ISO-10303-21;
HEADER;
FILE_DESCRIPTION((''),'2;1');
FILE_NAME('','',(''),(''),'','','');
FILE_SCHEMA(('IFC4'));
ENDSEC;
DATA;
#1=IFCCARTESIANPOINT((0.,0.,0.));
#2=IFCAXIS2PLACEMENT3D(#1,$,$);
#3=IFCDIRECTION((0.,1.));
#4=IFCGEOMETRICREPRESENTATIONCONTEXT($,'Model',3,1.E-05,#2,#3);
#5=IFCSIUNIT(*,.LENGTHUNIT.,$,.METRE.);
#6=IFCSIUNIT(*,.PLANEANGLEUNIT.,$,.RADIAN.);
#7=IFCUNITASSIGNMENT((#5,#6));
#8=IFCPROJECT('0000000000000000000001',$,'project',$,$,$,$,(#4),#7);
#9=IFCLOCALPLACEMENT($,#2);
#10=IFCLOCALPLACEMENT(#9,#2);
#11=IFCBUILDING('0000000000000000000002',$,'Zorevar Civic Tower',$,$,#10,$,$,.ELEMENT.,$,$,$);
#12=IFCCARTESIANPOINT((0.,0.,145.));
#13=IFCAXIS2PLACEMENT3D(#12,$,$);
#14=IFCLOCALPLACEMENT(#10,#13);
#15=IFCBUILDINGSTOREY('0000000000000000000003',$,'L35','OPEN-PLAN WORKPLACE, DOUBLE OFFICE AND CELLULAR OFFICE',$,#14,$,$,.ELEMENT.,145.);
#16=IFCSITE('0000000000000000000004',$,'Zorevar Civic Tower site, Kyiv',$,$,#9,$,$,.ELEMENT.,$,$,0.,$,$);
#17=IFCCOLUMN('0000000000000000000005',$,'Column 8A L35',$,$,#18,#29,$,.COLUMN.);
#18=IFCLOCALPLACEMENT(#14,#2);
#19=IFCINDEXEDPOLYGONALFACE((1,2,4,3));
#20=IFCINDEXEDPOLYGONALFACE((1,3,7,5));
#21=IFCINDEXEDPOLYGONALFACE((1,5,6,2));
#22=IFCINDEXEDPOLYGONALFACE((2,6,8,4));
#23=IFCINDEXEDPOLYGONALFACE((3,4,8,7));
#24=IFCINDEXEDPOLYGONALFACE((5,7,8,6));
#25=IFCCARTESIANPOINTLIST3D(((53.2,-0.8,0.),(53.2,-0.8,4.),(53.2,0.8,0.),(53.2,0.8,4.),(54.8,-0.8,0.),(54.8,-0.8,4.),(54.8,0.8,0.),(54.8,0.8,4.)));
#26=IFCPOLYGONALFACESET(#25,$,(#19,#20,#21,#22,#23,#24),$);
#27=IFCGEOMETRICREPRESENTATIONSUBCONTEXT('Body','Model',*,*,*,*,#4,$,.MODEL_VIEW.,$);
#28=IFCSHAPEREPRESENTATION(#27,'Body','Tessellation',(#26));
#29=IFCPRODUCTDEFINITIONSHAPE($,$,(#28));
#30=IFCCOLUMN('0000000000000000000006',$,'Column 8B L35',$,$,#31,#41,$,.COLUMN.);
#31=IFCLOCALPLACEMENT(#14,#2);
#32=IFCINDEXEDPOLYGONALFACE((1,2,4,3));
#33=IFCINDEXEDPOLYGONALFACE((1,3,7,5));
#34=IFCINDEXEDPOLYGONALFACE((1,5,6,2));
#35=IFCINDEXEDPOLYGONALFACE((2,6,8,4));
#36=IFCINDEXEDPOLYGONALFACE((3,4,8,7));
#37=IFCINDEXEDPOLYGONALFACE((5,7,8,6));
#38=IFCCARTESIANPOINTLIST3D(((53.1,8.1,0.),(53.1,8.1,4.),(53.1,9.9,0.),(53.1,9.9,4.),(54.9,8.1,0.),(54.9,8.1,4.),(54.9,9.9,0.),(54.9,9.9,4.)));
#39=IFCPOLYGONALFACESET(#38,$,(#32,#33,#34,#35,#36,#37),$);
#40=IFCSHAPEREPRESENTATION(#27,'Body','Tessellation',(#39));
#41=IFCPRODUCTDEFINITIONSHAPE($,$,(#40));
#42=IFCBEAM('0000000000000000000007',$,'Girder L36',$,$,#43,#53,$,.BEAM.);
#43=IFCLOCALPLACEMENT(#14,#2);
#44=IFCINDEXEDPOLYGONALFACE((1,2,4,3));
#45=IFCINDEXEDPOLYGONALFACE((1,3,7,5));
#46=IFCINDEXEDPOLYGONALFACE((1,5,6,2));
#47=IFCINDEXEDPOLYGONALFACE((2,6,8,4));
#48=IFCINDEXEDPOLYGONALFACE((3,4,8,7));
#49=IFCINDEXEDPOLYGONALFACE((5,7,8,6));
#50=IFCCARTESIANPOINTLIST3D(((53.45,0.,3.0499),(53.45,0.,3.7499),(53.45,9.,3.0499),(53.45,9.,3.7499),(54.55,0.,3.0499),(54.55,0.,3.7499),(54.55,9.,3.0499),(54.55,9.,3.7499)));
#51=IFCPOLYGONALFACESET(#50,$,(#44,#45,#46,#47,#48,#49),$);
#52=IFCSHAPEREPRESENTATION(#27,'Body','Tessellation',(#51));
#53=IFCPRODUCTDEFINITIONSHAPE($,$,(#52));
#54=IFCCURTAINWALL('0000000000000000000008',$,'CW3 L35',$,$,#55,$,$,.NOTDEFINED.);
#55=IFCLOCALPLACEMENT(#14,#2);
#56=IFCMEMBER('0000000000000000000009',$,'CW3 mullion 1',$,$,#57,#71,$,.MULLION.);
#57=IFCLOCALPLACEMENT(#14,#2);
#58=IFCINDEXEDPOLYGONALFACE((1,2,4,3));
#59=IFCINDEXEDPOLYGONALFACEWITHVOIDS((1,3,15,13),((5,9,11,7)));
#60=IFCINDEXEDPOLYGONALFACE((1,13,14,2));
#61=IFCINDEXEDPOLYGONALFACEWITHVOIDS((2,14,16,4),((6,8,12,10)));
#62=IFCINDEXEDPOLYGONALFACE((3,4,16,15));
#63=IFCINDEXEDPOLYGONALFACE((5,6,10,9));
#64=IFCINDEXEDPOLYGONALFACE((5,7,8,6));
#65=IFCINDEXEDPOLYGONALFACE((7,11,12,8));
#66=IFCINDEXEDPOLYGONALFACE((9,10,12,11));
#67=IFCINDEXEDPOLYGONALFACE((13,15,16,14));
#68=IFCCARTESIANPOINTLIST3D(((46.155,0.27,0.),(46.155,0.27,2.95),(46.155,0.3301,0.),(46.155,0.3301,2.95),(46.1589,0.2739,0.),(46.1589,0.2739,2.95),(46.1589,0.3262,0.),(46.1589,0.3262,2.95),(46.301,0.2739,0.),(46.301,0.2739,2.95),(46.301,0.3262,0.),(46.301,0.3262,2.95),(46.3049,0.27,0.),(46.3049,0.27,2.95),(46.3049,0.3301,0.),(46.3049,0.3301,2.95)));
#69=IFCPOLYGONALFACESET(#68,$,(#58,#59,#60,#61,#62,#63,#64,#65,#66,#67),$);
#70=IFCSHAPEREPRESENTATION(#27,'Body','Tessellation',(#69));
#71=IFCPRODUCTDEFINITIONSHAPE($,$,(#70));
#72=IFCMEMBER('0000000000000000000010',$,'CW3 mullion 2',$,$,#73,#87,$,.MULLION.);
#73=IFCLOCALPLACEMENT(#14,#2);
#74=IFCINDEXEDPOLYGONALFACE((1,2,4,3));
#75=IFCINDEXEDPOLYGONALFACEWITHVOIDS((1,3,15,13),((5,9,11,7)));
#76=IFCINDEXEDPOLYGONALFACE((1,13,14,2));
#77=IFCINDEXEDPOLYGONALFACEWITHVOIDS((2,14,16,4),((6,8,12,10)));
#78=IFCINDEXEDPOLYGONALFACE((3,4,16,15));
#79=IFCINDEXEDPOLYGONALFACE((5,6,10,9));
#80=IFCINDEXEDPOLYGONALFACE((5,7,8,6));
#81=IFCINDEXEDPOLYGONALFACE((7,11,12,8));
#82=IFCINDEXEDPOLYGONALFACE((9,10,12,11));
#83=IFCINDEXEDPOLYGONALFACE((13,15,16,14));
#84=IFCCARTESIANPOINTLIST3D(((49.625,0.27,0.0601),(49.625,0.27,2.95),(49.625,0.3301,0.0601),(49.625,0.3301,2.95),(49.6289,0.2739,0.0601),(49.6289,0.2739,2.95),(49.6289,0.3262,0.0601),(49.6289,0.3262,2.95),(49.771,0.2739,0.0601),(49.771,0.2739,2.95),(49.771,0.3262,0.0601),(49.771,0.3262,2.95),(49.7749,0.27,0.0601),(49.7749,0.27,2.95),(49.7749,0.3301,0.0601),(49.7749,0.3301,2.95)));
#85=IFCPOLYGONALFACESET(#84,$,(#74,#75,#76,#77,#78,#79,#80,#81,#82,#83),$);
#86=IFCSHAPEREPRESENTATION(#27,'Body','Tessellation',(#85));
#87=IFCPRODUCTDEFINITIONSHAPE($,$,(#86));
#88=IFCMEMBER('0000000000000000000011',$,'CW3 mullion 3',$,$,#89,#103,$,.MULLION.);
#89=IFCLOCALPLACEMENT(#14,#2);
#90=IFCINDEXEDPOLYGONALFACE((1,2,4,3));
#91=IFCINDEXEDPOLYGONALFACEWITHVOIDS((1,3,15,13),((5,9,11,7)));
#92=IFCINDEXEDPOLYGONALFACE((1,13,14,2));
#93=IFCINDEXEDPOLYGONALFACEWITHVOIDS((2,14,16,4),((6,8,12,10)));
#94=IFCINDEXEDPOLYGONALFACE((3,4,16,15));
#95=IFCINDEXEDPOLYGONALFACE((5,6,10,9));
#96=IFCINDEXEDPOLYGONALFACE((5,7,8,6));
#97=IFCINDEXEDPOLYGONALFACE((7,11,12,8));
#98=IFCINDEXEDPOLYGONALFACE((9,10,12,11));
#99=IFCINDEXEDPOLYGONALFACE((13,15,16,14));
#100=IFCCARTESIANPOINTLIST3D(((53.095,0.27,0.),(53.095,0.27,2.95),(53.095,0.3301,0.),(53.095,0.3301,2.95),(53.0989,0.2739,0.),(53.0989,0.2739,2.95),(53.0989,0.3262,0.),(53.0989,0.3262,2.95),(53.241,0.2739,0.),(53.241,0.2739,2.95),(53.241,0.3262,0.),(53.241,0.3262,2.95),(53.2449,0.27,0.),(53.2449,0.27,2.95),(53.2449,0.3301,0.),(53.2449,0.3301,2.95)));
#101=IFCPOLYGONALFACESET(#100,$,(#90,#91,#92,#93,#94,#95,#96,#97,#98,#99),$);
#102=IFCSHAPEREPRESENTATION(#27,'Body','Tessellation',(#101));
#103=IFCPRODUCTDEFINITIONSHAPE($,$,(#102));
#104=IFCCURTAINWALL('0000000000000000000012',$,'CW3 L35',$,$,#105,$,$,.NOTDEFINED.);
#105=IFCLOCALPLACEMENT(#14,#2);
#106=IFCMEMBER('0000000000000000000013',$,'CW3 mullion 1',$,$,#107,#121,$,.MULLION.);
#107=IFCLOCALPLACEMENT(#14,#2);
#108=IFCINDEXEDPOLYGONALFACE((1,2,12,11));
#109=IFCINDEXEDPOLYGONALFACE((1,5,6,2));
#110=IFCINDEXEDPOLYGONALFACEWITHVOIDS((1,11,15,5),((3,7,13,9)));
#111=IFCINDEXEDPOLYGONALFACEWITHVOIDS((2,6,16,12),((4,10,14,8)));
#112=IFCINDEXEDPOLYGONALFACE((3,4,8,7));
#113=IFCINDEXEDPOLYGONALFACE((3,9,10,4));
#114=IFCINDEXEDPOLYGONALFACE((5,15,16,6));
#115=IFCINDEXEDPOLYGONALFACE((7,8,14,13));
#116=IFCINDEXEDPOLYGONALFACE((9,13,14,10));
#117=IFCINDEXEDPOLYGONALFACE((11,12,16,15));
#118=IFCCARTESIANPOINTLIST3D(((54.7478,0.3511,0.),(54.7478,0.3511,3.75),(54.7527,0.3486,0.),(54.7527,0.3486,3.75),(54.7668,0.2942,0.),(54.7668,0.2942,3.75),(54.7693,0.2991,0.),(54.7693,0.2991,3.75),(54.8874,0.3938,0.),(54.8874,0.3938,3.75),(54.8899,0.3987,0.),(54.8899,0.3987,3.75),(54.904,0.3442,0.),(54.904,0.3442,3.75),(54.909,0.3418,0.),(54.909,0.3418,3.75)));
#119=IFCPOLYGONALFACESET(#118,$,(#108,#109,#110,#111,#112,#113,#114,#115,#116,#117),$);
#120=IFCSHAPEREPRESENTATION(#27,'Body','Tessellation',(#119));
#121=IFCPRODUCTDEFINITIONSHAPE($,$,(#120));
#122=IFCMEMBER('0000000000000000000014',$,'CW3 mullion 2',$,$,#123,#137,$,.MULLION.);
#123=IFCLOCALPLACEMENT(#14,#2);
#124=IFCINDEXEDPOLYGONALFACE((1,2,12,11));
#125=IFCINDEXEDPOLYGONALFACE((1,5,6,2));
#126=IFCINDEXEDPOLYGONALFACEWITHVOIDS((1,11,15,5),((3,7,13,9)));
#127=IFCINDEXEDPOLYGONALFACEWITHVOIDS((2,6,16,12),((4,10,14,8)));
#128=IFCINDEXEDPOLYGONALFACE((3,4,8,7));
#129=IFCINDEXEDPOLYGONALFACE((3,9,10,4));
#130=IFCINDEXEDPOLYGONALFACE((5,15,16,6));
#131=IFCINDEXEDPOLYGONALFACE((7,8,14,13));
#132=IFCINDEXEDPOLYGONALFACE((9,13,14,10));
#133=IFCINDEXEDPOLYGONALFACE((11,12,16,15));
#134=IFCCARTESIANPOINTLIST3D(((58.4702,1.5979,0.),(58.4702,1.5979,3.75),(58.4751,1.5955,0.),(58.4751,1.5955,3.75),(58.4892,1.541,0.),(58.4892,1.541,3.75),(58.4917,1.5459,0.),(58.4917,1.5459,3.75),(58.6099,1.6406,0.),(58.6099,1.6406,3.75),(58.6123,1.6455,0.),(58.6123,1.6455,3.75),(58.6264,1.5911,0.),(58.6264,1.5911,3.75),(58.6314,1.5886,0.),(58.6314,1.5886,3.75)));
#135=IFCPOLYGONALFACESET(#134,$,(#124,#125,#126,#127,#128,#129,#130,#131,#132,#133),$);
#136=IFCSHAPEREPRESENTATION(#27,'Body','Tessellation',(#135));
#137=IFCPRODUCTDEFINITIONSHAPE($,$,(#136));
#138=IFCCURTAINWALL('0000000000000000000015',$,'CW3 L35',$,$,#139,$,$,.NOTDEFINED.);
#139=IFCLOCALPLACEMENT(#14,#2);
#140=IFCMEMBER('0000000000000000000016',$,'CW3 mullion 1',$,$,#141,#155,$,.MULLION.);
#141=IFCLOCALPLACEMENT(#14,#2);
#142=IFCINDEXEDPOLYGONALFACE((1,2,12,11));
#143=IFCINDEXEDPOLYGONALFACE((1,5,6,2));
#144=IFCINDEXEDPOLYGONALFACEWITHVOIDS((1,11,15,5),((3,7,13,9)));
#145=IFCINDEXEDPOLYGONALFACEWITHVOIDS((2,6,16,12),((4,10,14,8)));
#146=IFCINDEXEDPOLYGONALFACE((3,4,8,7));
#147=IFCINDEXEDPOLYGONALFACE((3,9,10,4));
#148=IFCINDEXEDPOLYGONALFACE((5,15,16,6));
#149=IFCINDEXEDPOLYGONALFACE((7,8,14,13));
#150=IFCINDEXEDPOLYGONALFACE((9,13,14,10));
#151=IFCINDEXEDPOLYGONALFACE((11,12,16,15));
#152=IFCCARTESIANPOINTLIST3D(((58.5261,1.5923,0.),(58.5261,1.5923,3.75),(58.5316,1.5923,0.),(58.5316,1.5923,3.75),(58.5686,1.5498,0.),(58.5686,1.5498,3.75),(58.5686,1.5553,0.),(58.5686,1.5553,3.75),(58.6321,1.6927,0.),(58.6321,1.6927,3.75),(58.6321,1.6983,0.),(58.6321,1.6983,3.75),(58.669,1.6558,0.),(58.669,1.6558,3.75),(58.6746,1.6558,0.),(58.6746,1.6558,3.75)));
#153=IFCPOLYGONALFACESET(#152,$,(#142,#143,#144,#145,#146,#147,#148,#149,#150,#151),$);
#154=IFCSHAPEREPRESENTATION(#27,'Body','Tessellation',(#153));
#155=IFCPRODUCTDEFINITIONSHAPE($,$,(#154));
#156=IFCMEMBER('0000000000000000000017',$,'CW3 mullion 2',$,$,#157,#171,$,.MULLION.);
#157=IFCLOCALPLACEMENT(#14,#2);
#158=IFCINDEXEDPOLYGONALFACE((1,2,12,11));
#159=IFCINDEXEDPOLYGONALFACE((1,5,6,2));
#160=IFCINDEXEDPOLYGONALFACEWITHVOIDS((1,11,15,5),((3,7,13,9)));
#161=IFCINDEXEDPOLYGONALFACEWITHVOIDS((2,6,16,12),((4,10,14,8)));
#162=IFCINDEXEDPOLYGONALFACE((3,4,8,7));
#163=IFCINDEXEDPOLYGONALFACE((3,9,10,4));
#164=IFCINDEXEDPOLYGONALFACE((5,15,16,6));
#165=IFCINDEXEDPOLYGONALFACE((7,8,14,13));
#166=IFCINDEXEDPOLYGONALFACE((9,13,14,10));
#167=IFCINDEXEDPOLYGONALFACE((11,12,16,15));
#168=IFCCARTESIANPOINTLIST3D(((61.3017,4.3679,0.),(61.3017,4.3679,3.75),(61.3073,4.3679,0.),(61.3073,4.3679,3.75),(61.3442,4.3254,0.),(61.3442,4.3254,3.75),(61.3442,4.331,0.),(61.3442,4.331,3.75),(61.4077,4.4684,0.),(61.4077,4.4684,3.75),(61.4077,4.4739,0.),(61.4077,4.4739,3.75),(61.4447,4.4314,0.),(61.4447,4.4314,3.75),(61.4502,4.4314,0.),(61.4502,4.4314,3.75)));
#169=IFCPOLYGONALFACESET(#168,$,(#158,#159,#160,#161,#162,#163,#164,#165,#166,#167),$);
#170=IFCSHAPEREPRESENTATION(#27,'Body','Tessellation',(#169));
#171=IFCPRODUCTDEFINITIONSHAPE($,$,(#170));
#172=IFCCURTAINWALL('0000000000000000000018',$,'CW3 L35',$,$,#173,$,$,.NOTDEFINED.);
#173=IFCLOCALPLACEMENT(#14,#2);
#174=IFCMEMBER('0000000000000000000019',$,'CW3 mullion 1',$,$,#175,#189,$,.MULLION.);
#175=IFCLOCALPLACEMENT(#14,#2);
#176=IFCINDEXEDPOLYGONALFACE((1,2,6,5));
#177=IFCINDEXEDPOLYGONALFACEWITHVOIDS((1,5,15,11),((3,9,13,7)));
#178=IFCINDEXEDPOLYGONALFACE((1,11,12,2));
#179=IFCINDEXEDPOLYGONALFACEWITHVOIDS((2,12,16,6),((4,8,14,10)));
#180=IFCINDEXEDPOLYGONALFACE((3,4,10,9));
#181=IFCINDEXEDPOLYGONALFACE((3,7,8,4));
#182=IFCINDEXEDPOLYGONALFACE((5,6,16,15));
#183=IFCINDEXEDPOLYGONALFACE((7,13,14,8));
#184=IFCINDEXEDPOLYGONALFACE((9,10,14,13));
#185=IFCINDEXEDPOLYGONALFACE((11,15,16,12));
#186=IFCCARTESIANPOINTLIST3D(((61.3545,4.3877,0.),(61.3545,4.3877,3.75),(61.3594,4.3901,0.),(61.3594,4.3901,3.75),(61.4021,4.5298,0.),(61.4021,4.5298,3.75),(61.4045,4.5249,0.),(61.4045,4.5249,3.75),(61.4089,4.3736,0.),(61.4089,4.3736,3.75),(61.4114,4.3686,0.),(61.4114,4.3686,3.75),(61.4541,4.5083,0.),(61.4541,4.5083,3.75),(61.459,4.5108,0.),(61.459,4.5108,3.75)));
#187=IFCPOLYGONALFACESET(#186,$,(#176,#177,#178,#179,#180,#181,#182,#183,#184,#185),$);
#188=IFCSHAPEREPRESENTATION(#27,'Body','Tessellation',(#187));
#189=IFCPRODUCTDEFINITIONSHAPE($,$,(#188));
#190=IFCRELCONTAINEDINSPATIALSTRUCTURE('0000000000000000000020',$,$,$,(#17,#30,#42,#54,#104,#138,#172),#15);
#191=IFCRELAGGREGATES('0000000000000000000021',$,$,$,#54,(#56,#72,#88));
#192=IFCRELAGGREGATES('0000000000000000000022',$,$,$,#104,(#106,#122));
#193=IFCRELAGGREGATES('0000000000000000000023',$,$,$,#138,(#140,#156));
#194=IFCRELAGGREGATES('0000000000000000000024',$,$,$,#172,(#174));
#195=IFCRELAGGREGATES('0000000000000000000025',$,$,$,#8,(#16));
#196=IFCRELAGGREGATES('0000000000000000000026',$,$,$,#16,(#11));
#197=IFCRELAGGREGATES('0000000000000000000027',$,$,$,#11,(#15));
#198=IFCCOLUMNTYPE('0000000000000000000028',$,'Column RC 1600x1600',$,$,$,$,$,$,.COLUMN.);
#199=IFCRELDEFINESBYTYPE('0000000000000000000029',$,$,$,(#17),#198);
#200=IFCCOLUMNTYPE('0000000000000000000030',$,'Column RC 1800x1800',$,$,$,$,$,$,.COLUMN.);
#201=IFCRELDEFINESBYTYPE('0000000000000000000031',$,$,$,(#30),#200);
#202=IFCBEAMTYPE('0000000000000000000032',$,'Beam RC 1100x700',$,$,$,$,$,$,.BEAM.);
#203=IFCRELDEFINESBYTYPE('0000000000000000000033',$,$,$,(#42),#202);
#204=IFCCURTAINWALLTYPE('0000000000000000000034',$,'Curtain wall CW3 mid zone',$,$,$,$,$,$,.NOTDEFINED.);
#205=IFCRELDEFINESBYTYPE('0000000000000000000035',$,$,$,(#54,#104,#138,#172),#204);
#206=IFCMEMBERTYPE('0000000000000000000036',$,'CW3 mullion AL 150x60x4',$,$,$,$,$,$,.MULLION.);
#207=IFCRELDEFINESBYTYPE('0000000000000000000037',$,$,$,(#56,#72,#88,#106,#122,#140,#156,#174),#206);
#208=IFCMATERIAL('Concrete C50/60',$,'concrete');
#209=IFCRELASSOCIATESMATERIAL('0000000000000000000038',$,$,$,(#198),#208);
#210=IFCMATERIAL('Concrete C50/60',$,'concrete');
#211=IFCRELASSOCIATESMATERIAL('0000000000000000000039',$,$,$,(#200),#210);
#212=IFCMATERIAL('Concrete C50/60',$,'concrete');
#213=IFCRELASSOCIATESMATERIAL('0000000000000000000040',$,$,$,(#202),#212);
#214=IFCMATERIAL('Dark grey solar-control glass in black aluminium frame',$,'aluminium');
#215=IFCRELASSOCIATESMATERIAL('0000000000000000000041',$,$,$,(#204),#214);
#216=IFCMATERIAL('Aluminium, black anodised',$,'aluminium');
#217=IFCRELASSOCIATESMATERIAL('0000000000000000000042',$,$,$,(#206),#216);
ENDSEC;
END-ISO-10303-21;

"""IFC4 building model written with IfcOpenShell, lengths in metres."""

from ifc_helpers import new_model, si_unit, direction, frame, origin, origin_2d, place, context, subcontext, project, spatial, rectangle, hollow_rectangle, extrude, material, material_profile, profile_set, type_object, element, aggregate, save


model = new_model("IFC4")

# Units and contexts
model_context = context("Model", 3, precision=1e-05, world=origin(), true_north=direction((0.0, 1.0)))
body_context = subcontext(model_context, "Body", "Model", "MODEL_VIEW")
ifc_project = project(units=[si_unit("LENGTHUNIT", "METRE"), si_unit("PLANEANGLEUNIT", "RADIAN")], contexts=[model_context])

# Site, building, storey
site_placement = place(None, origin())
site = spatial("IfcSite", under=ifc_project, at=site_placement, Name="Zorevar Civic Tower site, Kyiv", CompositionType="ELEMENT", RefElevation=0.0)
building_placement = place(site_placement, origin())
building = spatial("IfcBuilding", under=site, at=building_placement, Name="Zorevar Civic Tower", CompositionType="ELEMENT")
storey_placement = place(building_placement, frame((0.0, 0.0, 145.0)))
storey = spatial("IfcBuildingStorey", under=building, at=storey_placement, Name="L35", Description="OPEN-PLAN WORKPLACE, DOUBLE OFFICE AND CELLULAR OFFICE", CompositionType="ELEMENT", Elevation=145.0)

# Columns
ifc_material_1 = material(Name="Concrete C50/60", Category="concrete")
ifc_material_profile_1 = material_profile(ifc_material_1, rectangle(XDim=1.6001, YDim=1.6001, at=origin_2d()), Name="RC 1600x1600")
ifc_profile_set_1 = profile_set([ifc_material_profile_1], Name="Concrete C50/60")
column_type_1 = type_object("IfcColumnType", Name="Column RC 1600x1600", PredefinedType="COLUMN", material=ifc_profile_set_1)
column_1_placement = place(storey_placement, frame((54.0, 0.0, 0.0), z_axis=(0.0, 0.0, 1.0), x_axis=(1.0, 0.0, 0.0)))
element("IfcColumn", 1, at=column_1_placement, inside=storey, type_object=column_type_1, Name="Column 8A L35", PredefinedType="COLUMN", context=body_context, shape_type="SweptSolid", body=[
    extrude(rectangle(XDim=1.6001, YDim=1.6001, at=origin_2d()), origin(), (0.0, 0.0, 1.0), 4.0),
])
ifc_material_2 = material(Name="Concrete C50/60", Category="concrete")
ifc_material_profile_2 = material_profile(ifc_material_2, rectangle(XDim=1.8, YDim=1.8, at=origin_2d()), Name="RC 1800x1800")
ifc_profile_set_2 = profile_set([ifc_material_profile_2], Name="Concrete C50/60")
column_type_2 = type_object("IfcColumnType", Name="Column RC 1800x1800", PredefinedType="COLUMN", material=ifc_profile_set_2)
column_2_placement = place(storey_placement, frame((54.0, 9.0, 0.0), z_axis=(0.0, 0.0, 1.0), x_axis=(1.0, 0.0, 0.0)))
element("IfcColumn", 2, at=column_2_placement, inside=storey, type_object=column_type_2, Name="Column 8B L35", PredefinedType="COLUMN", context=body_context, shape_type="SweptSolid", body=[
    extrude(rectangle(XDim=1.8, YDim=1.8, at=origin_2d()), origin(), (0.0, 0.0, 1.0), 4.0),
])

# Beam
ifc_material_3 = material(Name="Concrete C50/60", Category="concrete")
ifc_material_profile_3 = material_profile(ifc_material_3, rectangle(XDim=1.1001, YDim=0.7, at=origin_2d()), Name="RC 1100x700")
ifc_profile_set_3 = profile_set([ifc_material_profile_3], Name="Concrete C50/60")
beam_type_1 = type_object("IfcBeamType", Name="Beam RC 1100x700", PredefinedType="BEAM", material=ifc_profile_set_3)
beam_1_placement = place(storey_placement, frame((54.0, 0.0, 3.3999), z_axis=(0.0, 1.0, 0.0), x_axis=(-1.0, 0.0, 0.0)))
element("IfcBeam", 3, at=beam_1_placement, inside=storey, type_object=beam_type_1, Name="Girder L36", PredefinedType="BEAM", context=body_context, shape_type="SweptSolid", body=[
    extrude(rectangle(XDim=1.1001, YDim=0.7, at=origin_2d()), origin(), (0.0, 0.0, 1.0), 9.0),
])

# Curtain walls, members
ifc_material_4 = material(Name="Dark grey solar-control glass in black aluminium frame", Category="aluminium")
curtain_wall_type = type_object("IfcCurtainWallType", Name="Curtain wall CW3 mid zone", PredefinedType="NOTDEFINED", material=ifc_material_4)
curtain_wall_1_placement = place(storey_placement, origin())
curtain_wall_1 = element("IfcCurtainWall", 4, at=curtain_wall_1_placement, inside=storey, type_object=curtain_wall_type, Name="CW3 L35", PredefinedType="NOTDEFINED")
ifc_material_5 = material(Name="Aluminium, black anodised", Category="aluminium")
ifc_material_profile_4 = material_profile(ifc_material_5, hollow_rectangle(XDim=0.0601, YDim=0.1499, WallThickness=0.0039, at=origin_2d()), Name="AL 150x60x4")
ifc_profile_set_4 = profile_set([ifc_material_profile_4], Name="Aluminium, black anodised")
member_type_1 = type_object("IfcMemberType", Name="CW3 mullion AL 150x60x4", PredefinedType="MULLION", material=ifc_profile_set_4)
member_1_placement = place(storey_placement, frame((46.23, 0.3, 0.0), z_axis=(0.0, 0.0, 1.0), x_axis=(0.0, 1.0, 0.0)))
member_1 = element("IfcMember", 5, at=member_1_placement, type_object=member_type_1, Name="CW3 mullion 1", PredefinedType="MULLION", context=body_context, shape_type="SweptSolid", body=[
    extrude(hollow_rectangle(XDim=0.0601, YDim=0.1499, WallThickness=0.0039, at=origin_2d()), origin(), (0.0, 0.0, 1.0), 2.95),
])
member_2_placement = place(storey_placement, frame((49.7, 0.3, 0.0601), z_axis=(0.0, 0.0, 1.0), x_axis=(0.0, 1.0, 0.0)))
member_2 = element("IfcMember", 6, at=member_2_placement, type_object=member_type_1, Name="CW3 mullion 2", PredefinedType="MULLION", context=body_context, shape_type="SweptSolid", body=[
    extrude(hollow_rectangle(XDim=0.0601, YDim=0.1499, WallThickness=0.0039, at=origin_2d()), origin(), (0.0, 0.0, 1.0), 2.8899),
])
member_3_placement = place(storey_placement, frame((53.1699, 0.3, 0.0), z_axis=(0.0, 0.0, 1.0), x_axis=(0.0, 1.0, 0.0)))
member_3 = element("IfcMember", 7, at=member_3_placement, type_object=member_type_1, Name="CW3 mullion 3", PredefinedType="MULLION", context=body_context, shape_type="SweptSolid", body=[
    extrude(hollow_rectangle(XDim=0.0601, YDim=0.1499, WallThickness=0.0039, at=origin_2d()), origin(), (0.0, 0.0, 1.0), 2.95),
])
curtain_wall_2_placement = place(storey_placement, origin())
curtain_wall_2 = element("IfcCurtainWall", 8, at=curtain_wall_2_placement, inside=storey, type_object=curtain_wall_type, Name="CW3 L35", PredefinedType="NOTDEFINED")
member_4_placement = place(storey_placement, frame((54.8284, 0.3464, 0.0), z_axis=(0.0, 0.0, 1.0), x_axis=(-0.317593, 0.948227, 0.0)))
member_4 = element("IfcMember", 9, at=member_4_placement, type_object=member_type_1, Name="CW3 mullion 1", PredefinedType="MULLION", context=body_context, shape_type="SweptSolid", body=[
    extrude(hollow_rectangle(XDim=0.0601, YDim=0.1499, WallThickness=0.0039, at=origin_2d()), origin(), (0.0, 0.0, 1.0), 3.75),
])
member_5_placement = place(storey_placement, frame((58.5508, 1.5933, 0.0), z_axis=(0.0, 0.0, 1.0), x_axis=(-0.317593, 0.948227, 0.0)))
member_5 = element("IfcMember", 10, at=member_5_placement, type_object=member_type_1, Name="CW3 mullion 2", PredefinedType="MULLION", context=body_context, shape_type="SweptSolid", body=[
    extrude(hollow_rectangle(XDim=0.0601, YDim=0.1499, WallThickness=0.0039, at=origin_2d()), origin(), (0.0, 0.0, 1.0), 3.75),
])
curtain_wall_3_placement = place(storey_placement, origin())
curtain_wall_3 = element("IfcCurtainWall", 11, at=curtain_wall_3_placement, inside=storey, type_object=curtain_wall_type, Name="CW3 L35", PredefinedType="NOTDEFINED")
member_6_placement = place(storey_placement, frame((58.6003, 1.624, 0.0), z_axis=(0.0, 0.0, 1.0), x_axis=(-0.707107, 0.707107, 0.0)))
member_6 = element("IfcMember", 12, at=member_6_placement, type_object=member_type_1, Name="CW3 mullion 1", PredefinedType="MULLION", context=body_context, shape_type="SweptSolid", body=[
    extrude(hollow_rectangle(XDim=0.0601, YDim=0.1499, WallThickness=0.0039, at=origin_2d()), origin(), (0.0, 0.0, 1.0), 3.75),
])
member_7_placement = place(storey_placement, frame((61.376, 4.3997, 0.0), z_axis=(0.0, 0.0, 1.0), x_axis=(-0.707107, 0.707107, 0.0)))
member_7 = element("IfcMember", 13, at=member_7_placement, type_object=member_type_1, Name="CW3 mullion 2", PredefinedType="MULLION", context=body_context, shape_type="SweptSolid", body=[
    extrude(hollow_rectangle(XDim=0.0601, YDim=0.1499, WallThickness=0.0039, at=origin_2d()), origin(), (0.0, 0.0, 1.0), 3.75),
])
curtain_wall_4_placement = place(storey_placement, origin())
curtain_wall_4 = element("IfcCurtainWall", 14, at=curtain_wall_4_placement, inside=storey, type_object=curtain_wall_type, Name="CW3 L35", PredefinedType="NOTDEFINED")
member_8_placement = place(storey_placement, frame((61.4067, 4.4492, 0.0), z_axis=(0.0, 0.0, 1.0), x_axis=(-0.948227, 0.317593, 0.0)))
member_8 = element("IfcMember", 15, at=member_8_placement, type_object=member_type_1, Name="CW3 mullion 1", PredefinedType="MULLION", context=body_context, shape_type="SweptSolid", body=[
    extrude(hollow_rectangle(XDim=0.0601, YDim=0.1499, WallThickness=0.0039, at=origin_2d()), origin(), (0.0, 0.0, 1.0), 3.75),
])

aggregate(curtain_wall_1, [member_1, member_2, member_3])
aggregate(curtain_wall_2, [member_4, member_5])
aggregate(curtain_wall_3, [member_6, member_7])
aggregate(curtain_wall_4, [member_8])

save(model, "model.ifc")
